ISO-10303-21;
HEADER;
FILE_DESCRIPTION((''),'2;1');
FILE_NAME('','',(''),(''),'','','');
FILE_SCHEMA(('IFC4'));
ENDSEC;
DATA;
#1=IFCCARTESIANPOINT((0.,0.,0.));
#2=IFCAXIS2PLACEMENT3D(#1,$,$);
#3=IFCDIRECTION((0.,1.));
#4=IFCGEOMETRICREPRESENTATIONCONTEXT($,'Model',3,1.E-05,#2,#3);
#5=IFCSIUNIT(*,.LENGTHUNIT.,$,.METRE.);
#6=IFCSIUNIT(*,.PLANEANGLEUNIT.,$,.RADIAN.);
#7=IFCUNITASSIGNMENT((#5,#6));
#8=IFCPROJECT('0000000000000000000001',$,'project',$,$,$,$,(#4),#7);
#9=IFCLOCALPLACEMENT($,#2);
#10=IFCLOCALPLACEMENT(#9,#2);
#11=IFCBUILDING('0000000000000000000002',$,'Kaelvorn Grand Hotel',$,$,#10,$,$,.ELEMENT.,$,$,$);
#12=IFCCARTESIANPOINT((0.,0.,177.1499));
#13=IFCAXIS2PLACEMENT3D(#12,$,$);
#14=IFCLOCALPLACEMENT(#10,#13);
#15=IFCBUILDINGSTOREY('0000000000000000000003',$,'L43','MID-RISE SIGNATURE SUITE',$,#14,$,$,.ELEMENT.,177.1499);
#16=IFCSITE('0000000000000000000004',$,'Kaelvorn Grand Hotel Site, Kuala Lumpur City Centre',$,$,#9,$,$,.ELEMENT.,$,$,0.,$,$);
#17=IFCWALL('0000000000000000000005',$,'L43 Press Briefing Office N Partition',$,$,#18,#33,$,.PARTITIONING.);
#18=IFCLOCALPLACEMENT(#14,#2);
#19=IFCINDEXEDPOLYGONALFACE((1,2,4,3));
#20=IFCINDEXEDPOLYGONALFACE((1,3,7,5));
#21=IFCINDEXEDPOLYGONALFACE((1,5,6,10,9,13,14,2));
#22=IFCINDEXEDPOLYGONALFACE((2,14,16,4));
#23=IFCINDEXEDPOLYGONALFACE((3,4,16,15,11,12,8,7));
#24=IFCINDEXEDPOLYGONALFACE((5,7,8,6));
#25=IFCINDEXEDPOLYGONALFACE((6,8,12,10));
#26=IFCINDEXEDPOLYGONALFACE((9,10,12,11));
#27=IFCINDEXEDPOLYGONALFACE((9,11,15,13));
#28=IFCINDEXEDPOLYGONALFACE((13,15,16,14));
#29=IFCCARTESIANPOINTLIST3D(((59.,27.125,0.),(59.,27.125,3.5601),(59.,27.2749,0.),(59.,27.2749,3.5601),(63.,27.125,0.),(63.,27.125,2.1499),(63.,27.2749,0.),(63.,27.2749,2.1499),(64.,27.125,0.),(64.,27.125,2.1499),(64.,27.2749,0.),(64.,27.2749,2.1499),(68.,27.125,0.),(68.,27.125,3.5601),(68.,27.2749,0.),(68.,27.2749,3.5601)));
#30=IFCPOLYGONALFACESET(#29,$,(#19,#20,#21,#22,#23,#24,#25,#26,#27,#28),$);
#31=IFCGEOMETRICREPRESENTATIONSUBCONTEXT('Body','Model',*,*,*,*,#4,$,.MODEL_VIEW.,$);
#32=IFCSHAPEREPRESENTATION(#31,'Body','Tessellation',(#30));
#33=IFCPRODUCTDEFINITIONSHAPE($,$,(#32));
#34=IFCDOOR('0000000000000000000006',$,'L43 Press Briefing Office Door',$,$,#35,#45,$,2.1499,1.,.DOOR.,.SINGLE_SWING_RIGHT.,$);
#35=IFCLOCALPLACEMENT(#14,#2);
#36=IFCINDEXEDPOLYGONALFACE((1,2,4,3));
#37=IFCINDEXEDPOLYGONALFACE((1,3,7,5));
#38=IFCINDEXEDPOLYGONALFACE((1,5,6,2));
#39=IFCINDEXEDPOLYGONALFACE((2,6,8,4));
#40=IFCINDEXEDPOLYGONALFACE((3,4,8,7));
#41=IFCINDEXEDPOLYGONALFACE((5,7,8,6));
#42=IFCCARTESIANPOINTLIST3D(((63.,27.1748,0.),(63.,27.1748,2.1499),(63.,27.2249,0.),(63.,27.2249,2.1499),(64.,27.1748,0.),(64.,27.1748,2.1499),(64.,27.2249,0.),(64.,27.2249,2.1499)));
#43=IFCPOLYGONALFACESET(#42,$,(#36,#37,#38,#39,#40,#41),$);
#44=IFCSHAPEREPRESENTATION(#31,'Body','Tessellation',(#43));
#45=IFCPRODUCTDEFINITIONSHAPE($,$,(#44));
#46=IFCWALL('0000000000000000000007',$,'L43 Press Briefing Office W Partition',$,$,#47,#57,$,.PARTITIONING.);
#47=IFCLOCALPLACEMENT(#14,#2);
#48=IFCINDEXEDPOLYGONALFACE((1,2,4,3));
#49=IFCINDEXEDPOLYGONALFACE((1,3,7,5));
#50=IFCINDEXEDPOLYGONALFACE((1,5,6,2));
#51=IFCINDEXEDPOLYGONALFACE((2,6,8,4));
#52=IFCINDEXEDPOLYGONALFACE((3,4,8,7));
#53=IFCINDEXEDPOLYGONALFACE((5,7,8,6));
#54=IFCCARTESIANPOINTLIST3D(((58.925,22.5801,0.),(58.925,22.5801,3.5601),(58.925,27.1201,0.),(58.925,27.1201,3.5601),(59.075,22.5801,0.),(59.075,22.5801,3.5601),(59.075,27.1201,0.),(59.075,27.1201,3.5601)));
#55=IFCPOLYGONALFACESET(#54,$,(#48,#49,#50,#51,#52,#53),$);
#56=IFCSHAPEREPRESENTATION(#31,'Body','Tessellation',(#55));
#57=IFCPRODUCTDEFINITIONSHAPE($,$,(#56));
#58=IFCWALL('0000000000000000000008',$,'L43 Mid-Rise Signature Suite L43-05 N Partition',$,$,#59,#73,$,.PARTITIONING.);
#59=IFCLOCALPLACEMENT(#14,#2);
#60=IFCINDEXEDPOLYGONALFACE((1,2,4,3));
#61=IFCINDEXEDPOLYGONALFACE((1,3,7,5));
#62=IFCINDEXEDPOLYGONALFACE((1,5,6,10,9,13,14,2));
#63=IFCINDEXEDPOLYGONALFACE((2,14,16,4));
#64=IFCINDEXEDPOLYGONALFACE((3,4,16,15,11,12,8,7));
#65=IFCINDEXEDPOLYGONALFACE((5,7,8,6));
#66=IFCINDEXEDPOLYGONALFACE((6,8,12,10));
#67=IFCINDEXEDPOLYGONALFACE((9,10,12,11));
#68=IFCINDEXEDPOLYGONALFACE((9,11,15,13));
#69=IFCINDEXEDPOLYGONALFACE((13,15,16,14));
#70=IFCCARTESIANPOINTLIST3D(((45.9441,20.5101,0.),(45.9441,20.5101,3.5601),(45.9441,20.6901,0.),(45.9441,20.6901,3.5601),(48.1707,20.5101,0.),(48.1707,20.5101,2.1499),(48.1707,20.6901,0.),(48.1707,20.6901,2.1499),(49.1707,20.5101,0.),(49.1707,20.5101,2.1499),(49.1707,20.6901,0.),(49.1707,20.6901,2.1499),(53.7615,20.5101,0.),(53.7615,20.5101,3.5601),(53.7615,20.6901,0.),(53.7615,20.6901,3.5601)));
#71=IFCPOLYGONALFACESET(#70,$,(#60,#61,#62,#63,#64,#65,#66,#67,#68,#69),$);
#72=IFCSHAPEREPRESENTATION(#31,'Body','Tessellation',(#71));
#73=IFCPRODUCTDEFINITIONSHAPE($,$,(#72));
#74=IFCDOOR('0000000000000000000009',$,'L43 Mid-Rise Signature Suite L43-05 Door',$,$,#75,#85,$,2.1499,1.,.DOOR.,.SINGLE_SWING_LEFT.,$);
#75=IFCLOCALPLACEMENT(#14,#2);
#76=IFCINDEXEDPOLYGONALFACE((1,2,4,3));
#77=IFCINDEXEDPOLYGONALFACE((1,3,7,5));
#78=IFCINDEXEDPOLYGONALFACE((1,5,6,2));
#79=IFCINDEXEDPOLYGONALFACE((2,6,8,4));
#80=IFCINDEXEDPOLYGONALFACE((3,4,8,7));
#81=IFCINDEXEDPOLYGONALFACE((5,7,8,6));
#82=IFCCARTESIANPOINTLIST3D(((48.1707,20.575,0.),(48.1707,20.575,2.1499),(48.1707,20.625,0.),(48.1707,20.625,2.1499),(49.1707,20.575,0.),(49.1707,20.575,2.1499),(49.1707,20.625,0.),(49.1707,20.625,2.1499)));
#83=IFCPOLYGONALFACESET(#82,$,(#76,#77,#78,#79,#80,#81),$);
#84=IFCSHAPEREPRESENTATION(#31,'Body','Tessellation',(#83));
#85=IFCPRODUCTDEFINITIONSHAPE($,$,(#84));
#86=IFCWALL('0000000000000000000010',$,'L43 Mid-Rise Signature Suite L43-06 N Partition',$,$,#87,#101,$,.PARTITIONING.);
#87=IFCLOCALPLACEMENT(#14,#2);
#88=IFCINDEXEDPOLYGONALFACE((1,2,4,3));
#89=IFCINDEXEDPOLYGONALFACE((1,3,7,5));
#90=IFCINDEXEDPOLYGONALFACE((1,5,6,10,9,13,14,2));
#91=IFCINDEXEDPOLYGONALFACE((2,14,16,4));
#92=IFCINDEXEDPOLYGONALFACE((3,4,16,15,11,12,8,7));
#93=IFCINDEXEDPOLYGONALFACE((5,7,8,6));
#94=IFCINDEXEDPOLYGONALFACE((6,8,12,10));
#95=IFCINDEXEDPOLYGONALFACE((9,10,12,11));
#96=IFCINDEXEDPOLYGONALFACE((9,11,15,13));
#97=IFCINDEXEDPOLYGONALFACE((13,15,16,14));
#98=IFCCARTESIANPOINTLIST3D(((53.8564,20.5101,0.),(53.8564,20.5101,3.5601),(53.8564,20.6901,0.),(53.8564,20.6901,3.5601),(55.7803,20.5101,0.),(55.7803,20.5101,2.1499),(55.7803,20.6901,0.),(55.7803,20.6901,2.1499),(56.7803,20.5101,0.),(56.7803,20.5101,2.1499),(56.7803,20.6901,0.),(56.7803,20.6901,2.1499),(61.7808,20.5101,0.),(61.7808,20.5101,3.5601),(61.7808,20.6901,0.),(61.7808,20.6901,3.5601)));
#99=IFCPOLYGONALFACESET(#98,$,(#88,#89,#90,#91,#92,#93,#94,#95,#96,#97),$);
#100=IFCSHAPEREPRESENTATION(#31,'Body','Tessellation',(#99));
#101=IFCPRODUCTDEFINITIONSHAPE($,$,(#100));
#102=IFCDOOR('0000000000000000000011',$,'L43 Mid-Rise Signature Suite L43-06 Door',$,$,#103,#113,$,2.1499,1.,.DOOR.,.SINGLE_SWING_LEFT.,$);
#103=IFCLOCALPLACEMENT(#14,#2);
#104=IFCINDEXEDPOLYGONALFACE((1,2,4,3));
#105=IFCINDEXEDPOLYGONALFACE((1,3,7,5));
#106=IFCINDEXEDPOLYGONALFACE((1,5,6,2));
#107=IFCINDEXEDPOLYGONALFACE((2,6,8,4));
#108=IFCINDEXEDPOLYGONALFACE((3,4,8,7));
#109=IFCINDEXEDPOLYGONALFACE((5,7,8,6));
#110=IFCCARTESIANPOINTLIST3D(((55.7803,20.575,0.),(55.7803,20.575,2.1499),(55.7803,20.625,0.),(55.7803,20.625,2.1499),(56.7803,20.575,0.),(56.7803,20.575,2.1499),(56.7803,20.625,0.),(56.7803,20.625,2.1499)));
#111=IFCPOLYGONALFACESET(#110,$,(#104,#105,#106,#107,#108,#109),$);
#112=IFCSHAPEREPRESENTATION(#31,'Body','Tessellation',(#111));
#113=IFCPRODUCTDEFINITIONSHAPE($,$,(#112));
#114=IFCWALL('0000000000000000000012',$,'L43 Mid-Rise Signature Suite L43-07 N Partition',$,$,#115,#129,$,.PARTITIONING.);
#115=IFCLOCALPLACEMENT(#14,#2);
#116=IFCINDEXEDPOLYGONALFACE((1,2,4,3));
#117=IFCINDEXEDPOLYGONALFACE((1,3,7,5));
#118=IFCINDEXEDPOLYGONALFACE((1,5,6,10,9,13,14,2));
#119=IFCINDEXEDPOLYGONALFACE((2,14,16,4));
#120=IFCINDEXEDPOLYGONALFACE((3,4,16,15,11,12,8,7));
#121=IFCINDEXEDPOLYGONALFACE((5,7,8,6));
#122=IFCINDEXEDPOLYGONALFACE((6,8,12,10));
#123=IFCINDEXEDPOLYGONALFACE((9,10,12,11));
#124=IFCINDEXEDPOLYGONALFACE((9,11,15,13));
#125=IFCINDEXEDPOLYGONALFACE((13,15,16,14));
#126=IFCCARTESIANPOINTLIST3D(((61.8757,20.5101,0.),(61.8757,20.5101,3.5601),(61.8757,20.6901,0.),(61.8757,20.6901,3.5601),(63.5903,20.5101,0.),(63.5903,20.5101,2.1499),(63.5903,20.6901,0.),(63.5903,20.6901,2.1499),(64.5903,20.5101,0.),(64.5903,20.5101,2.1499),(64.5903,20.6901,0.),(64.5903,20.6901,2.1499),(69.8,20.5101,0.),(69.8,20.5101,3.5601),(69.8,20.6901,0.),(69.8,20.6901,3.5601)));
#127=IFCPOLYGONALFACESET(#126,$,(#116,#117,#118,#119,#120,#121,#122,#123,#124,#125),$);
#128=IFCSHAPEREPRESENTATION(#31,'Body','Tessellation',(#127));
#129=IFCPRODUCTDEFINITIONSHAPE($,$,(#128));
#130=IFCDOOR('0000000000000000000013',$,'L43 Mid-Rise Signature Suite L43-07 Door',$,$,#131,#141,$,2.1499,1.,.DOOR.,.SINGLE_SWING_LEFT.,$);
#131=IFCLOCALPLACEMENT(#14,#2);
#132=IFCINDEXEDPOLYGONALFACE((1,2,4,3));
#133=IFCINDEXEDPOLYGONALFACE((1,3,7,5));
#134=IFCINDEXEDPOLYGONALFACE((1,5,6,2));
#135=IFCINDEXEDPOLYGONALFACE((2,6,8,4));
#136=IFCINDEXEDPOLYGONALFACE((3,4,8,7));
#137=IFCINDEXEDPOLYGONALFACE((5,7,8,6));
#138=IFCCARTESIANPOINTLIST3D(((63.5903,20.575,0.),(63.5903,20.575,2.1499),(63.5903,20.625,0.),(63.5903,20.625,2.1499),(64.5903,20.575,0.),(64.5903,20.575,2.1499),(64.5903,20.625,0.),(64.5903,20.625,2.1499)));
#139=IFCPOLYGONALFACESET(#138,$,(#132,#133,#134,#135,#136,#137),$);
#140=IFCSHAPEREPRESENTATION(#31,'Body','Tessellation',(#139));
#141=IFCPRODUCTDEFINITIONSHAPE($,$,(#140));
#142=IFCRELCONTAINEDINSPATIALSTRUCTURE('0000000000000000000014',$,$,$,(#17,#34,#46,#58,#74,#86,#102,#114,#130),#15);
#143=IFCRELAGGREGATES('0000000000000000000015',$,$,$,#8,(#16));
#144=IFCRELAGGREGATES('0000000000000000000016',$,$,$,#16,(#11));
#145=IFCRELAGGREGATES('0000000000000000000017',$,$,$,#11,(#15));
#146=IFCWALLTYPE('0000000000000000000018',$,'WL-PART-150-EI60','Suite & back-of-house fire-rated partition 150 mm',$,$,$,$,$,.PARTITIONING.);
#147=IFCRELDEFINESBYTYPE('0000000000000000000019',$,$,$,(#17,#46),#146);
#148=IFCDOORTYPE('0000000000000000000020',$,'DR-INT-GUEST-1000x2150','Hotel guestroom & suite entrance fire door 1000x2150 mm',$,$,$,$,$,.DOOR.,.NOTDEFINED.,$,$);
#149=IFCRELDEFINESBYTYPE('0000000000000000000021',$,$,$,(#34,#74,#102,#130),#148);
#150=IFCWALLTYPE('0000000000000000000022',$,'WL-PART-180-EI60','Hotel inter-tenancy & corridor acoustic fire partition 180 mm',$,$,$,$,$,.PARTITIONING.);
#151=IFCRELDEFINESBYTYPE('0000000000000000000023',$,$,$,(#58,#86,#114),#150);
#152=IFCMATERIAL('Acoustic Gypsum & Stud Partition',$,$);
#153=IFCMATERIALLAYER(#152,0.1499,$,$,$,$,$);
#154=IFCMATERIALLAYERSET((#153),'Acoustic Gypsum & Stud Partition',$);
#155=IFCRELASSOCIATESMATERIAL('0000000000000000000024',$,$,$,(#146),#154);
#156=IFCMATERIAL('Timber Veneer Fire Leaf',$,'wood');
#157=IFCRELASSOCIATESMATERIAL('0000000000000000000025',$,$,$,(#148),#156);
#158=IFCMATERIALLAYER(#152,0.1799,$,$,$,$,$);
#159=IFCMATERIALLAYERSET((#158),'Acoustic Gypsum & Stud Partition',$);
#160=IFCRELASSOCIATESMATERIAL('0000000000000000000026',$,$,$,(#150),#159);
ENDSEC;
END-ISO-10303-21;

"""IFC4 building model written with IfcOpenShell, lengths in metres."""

from ifc_helpers import new_model, si_unit, direction, frame, frame_2d, origin, place, context, subcontext, project, spatial, rectangle, extrude, material, layer, layer_set, type_object, element, fill, save


model = new_model("IFC4")

# Units and contexts
model_context = context("Model", 3, precision=1e-05, world=origin(), true_north=direction((0.0, 1.0)))
body_context = subcontext(model_context, "Body", "Model", "MODEL_VIEW")
ifc_project = project(units=[si_unit("LENGTHUNIT", "METRE"), si_unit("PLANEANGLEUNIT", "RADIAN")], contexts=[model_context])

# Site, building, storey
site_placement = place(None, origin())
site = spatial("IfcSite", under=ifc_project, at=site_placement, Name="Kaelvorn Grand Hotel Site, Kuala Lumpur City Centre", CompositionType="ELEMENT", RefElevation=0.0)
building_placement = place(site_placement, origin())
building = spatial("IfcBuilding", under=site, at=building_placement, Name="Kaelvorn Grand Hotel", CompositionType="ELEMENT")
storey_placement = place(building_placement, frame((0.0, 0.0, 177.1499)))
storey = spatial("IfcBuildingStorey", under=building, at=storey_placement, Name="L43", Description="MID-RISE SIGNATURE SUITE", CompositionType="ELEMENT", Elevation=177.1499)

# Shared definitions
ifc_material_1 = material(Name="Acoustic Gypsum & Stud Partition")
ifc_layer_1 = layer(ifc_material_1, 0.1499)
ifc_layer_set_1 = layer_set([ifc_layer_1], Name="Acoustic Gypsum & Stud Partition")
wall_type_1 = type_object("IfcWallType", Name="WL-PART-150-EI60", Description="Suite & back-of-house fire-rated partition 150 mm", PredefinedType="PARTITIONING", material=ifc_layer_set_1)

# Wall, opening, door
wall_1_placement = place(storey_placement, frame((59.0, 27.2, 0.0), z_axis=(0.0, 0.0, 1.0), x_axis=(1.0, 0.0, 0.0)))
wall_1 = element("IfcWall", 1, at=wall_1_placement, inside=storey, type_object=wall_type_1, Name="L43 Press Briefing Office N Partition", PredefinedType="PARTITIONING", context=body_context, shape_type="SweptSolid", body=[
    extrude(rectangle(XDim=9.0, YDim=0.1499, at=frame_2d((4.5, 0.0))), origin(), (0.0, 0.0, 1.0), 3.5601),
])
opening_1_placement = place(wall_1_placement, frame((4.0, 0.0, 0.0)))
opening_1 = element("IfcOpeningElement", 2, at=opening_1_placement, cuts=wall_1, PredefinedType="OPENING", context=body_context, shape_type="SweptSolid", body=[
    extrude(rectangle(XDim=1.0, YDim=2.1499, at=frame_2d((0.5, 1.075))), frame((0.0, 0.085, 0.0), z_axis=(0.0, -1.0, 0.0), x_axis=(1.0, 0.0, 0.0)), (0.0, 0.0, 1.0), 0.1699),
])
ifc_material_2 = material(Name="Timber Veneer Fire Leaf", Category="wood")
door_type_1 = type_object("IfcDoorType", Name="DR-INT-GUEST-1000x2150", Description="Hotel guestroom & suite entrance fire door 1000x2150 mm", OperationType="NOTDEFINED", PredefinedType="DOOR", material=ifc_material_2)
door_1_placement = place(opening_1_placement, origin())
door_1 = element("IfcDoor", 3, at=door_1_placement, inside=storey, type_object=door_type_1, Name="L43 Press Briefing Office Door", OperationType="SINGLE_SWING_RIGHT", OverallHeight=2.1499, OverallWidth=1.0, PredefinedType="DOOR", context=body_context, shape_type="SweptSolid", body=[
    extrude(rectangle(XDim=1.0, YDim=2.1499, at=frame_2d((0.5, 1.075))), frame((0.0, 0.0249, 0.0), z_axis=(0.0, -1.0, 0.0), x_axis=(1.0, 0.0, 0.0)), (0.0, 0.0, 1.0), 0.05),
])
fill(opening_1, door_1)

# Wall
wall_2_placement = place(storey_placement, frame((59.0, 22.5801, 0.0), z_axis=(0.0, 0.0, 1.0), x_axis=(0.0, 1.0, 0.0)))
element("IfcWall", 4, at=wall_2_placement, inside=storey, type_object=wall_type_1, Name="L43 Press Briefing Office W Partition", PredefinedType="PARTITIONING", context=body_context, shape_type="SweptSolid", body=[
    extrude(rectangle(XDim=4.54, YDim=0.1499, at=frame_2d((2.27, 0.0))), origin(), (0.0, 0.0, 1.0), 3.5601),
])

# Walls, openings, doors
ifc_layer_2 = layer(ifc_material_1, 0.1799)
ifc_layer_set_2 = layer_set([ifc_layer_2], Name="Acoustic Gypsum & Stud Partition")
wall_type_2 = type_object("IfcWallType", Name="WL-PART-180-EI60", Description="Hotel inter-tenancy & corridor acoustic fire partition 180 mm", PredefinedType="PARTITIONING", material=ifc_layer_set_2)
wall_3_placement = place(storey_placement, frame((45.9441, 20.6001, 0.0), z_axis=(0.0, 0.0, 1.0), x_axis=(1.0, 0.0, 0.0)))
wall_3 = element("IfcWall", 5, at=wall_3_placement, inside=storey, type_object=wall_type_2, Name="L43 Mid-Rise Signature Suite L43-05 N Partition", PredefinedType="PARTITIONING", context=body_context, shape_type="SweptSolid", body=[
    extrude(rectangle(XDim=7.8174, YDim=0.1799, at=frame_2d((3.9087, 0.0))), origin(), (0.0, 0.0, 1.0), 3.5601),
])
opening_2_placement = place(wall_3_placement, frame((2.2266, 0.0, 0.0)))
opening_2 = element("IfcOpeningElement", 6, at=opening_2_placement, cuts=wall_3, PredefinedType="OPENING", context=body_context, shape_type="SweptSolid", body=[
    extrude(rectangle(XDim=1.0, YDim=2.1499, at=frame_2d((0.5, 1.075))), frame((0.0, 0.1001, 0.0), z_axis=(0.0, -1.0, 0.0), x_axis=(1.0, 0.0, 0.0)), (0.0, 0.0, 1.0), 0.2),
])
door_2_placement = place(opening_2_placement, origin())
door_2 = element("IfcDoor", 7, at=door_2_placement, inside=storey, type_object=door_type_1, Name="L43 Mid-Rise Signature Suite L43-05 Door", OperationType="SINGLE_SWING_LEFT", OverallHeight=2.1499, OverallWidth=1.0, PredefinedType="DOOR", context=body_context, shape_type="SweptSolid", body=[
    extrude(rectangle(XDim=1.0, YDim=2.1499, at=frame_2d((0.5, 1.075))), frame((0.0, 0.0249, 0.0), z_axis=(0.0, -1.0, 0.0), x_axis=(1.0, 0.0, 0.0)), (0.0, 0.0, 1.0), 0.05),
])
fill(opening_2, door_2)
wall_4_placement = place(storey_placement, frame((53.8564, 20.6001, 0.0), z_axis=(0.0, 0.0, 1.0), x_axis=(1.0, 0.0, 0.0)))
wall_4 = element("IfcWall", 8, at=wall_4_placement, inside=storey, type_object=wall_type_2, Name="L43 Mid-Rise Signature Suite L43-06 N Partition", PredefinedType="PARTITIONING", context=body_context, shape_type="SweptSolid", body=[
    extrude(rectangle(XDim=7.9243, YDim=0.1799, at=frame_2d((3.9622, 0.0))), origin(), (0.0, 0.0, 1.0), 3.5601),
])
opening_3_placement = place(wall_4_placement, frame((1.9238, 0.0, 0.0)))
opening_3 = element("IfcOpeningElement", 9, at=opening_3_placement, cuts=wall_4, PredefinedType="OPENING", context=body_context, shape_type="SweptSolid", body=[
    extrude(rectangle(XDim=1.0, YDim=2.1499, at=frame_2d((0.5, 1.075))), frame((0.0, 0.1001, 0.0), z_axis=(0.0, -1.0, 0.0), x_axis=(1.0, 0.0, 0.0)), (0.0, 0.0, 1.0), 0.2),
])
door_3_placement = place(opening_3_placement, origin())
door_3 = element("IfcDoor", 10, at=door_3_placement, inside=storey, type_object=door_type_1, Name="L43 Mid-Rise Signature Suite L43-06 Door", OperationType="SINGLE_SWING_LEFT", OverallHeight=2.1499, OverallWidth=1.0, PredefinedType="DOOR", context=body_context, shape_type="SweptSolid", body=[
    extrude(rectangle(XDim=1.0, YDim=2.1499, at=frame_2d((0.5, 1.075))), frame((0.0, 0.0249, 0.0), z_axis=(0.0, -1.0, 0.0), x_axis=(1.0, 0.0, 0.0)), (0.0, 0.0, 1.0), 0.05),
])
fill(opening_3, door_3)
wall_5_placement = place(storey_placement, frame((61.8757, 20.6001, 0.0), z_axis=(0.0, 0.0, 1.0), x_axis=(1.0, 0.0, 0.0)))
wall_5 = element("IfcWall", 11, at=wall_5_placement, inside=storey, type_object=wall_type_2, Name="L43 Mid-Rise Signature Suite L43-07 N Partition", PredefinedType="PARTITIONING", context=body_context, shape_type="SweptSolid", body=[
    extrude(rectangle(XDim=7.9243, YDim=0.1799, at=frame_2d((3.9622, 0.0))), origin(), (0.0, 0.0, 1.0), 3.5601),
])
opening_4_placement = place(wall_5_placement, frame((1.7146, 0.0, 0.0)))
opening_4 = element("IfcOpeningElement", 12, at=opening_4_placement, cuts=wall_5, PredefinedType="OPENING", context=body_context, shape_type="SweptSolid", body=[
    extrude(rectangle(XDim=1.0, YDim=2.1499, at=frame_2d((0.5, 1.075))), frame((0.0, 0.1001, 0.0), z_axis=(0.0, -1.0, 0.0), x_axis=(1.0, 0.0, 0.0)), (0.0, 0.0, 1.0), 0.2),
])
door_4_placement = place(opening_4_placement, origin())
door_4 = element("IfcDoor", 13, at=door_4_placement, inside=storey, type_object=door_type_1, Name="L43 Mid-Rise Signature Suite L43-07 Door", OperationType="SINGLE_SWING_LEFT", OverallHeight=2.1499, OverallWidth=1.0, PredefinedType="DOOR", context=body_context, shape_type="SweptSolid", body=[
    extrude(rectangle(XDim=1.0, YDim=2.1499, at=frame_2d((0.5, 1.075))), frame((0.0, 0.0249, 0.0), z_axis=(0.0, -1.0, 0.0), x_axis=(1.0, 0.0, 0.0)), (0.0, 0.0, 1.0), 0.05),
])
fill(opening_4, door_4)

save(model, "model.ifc")
